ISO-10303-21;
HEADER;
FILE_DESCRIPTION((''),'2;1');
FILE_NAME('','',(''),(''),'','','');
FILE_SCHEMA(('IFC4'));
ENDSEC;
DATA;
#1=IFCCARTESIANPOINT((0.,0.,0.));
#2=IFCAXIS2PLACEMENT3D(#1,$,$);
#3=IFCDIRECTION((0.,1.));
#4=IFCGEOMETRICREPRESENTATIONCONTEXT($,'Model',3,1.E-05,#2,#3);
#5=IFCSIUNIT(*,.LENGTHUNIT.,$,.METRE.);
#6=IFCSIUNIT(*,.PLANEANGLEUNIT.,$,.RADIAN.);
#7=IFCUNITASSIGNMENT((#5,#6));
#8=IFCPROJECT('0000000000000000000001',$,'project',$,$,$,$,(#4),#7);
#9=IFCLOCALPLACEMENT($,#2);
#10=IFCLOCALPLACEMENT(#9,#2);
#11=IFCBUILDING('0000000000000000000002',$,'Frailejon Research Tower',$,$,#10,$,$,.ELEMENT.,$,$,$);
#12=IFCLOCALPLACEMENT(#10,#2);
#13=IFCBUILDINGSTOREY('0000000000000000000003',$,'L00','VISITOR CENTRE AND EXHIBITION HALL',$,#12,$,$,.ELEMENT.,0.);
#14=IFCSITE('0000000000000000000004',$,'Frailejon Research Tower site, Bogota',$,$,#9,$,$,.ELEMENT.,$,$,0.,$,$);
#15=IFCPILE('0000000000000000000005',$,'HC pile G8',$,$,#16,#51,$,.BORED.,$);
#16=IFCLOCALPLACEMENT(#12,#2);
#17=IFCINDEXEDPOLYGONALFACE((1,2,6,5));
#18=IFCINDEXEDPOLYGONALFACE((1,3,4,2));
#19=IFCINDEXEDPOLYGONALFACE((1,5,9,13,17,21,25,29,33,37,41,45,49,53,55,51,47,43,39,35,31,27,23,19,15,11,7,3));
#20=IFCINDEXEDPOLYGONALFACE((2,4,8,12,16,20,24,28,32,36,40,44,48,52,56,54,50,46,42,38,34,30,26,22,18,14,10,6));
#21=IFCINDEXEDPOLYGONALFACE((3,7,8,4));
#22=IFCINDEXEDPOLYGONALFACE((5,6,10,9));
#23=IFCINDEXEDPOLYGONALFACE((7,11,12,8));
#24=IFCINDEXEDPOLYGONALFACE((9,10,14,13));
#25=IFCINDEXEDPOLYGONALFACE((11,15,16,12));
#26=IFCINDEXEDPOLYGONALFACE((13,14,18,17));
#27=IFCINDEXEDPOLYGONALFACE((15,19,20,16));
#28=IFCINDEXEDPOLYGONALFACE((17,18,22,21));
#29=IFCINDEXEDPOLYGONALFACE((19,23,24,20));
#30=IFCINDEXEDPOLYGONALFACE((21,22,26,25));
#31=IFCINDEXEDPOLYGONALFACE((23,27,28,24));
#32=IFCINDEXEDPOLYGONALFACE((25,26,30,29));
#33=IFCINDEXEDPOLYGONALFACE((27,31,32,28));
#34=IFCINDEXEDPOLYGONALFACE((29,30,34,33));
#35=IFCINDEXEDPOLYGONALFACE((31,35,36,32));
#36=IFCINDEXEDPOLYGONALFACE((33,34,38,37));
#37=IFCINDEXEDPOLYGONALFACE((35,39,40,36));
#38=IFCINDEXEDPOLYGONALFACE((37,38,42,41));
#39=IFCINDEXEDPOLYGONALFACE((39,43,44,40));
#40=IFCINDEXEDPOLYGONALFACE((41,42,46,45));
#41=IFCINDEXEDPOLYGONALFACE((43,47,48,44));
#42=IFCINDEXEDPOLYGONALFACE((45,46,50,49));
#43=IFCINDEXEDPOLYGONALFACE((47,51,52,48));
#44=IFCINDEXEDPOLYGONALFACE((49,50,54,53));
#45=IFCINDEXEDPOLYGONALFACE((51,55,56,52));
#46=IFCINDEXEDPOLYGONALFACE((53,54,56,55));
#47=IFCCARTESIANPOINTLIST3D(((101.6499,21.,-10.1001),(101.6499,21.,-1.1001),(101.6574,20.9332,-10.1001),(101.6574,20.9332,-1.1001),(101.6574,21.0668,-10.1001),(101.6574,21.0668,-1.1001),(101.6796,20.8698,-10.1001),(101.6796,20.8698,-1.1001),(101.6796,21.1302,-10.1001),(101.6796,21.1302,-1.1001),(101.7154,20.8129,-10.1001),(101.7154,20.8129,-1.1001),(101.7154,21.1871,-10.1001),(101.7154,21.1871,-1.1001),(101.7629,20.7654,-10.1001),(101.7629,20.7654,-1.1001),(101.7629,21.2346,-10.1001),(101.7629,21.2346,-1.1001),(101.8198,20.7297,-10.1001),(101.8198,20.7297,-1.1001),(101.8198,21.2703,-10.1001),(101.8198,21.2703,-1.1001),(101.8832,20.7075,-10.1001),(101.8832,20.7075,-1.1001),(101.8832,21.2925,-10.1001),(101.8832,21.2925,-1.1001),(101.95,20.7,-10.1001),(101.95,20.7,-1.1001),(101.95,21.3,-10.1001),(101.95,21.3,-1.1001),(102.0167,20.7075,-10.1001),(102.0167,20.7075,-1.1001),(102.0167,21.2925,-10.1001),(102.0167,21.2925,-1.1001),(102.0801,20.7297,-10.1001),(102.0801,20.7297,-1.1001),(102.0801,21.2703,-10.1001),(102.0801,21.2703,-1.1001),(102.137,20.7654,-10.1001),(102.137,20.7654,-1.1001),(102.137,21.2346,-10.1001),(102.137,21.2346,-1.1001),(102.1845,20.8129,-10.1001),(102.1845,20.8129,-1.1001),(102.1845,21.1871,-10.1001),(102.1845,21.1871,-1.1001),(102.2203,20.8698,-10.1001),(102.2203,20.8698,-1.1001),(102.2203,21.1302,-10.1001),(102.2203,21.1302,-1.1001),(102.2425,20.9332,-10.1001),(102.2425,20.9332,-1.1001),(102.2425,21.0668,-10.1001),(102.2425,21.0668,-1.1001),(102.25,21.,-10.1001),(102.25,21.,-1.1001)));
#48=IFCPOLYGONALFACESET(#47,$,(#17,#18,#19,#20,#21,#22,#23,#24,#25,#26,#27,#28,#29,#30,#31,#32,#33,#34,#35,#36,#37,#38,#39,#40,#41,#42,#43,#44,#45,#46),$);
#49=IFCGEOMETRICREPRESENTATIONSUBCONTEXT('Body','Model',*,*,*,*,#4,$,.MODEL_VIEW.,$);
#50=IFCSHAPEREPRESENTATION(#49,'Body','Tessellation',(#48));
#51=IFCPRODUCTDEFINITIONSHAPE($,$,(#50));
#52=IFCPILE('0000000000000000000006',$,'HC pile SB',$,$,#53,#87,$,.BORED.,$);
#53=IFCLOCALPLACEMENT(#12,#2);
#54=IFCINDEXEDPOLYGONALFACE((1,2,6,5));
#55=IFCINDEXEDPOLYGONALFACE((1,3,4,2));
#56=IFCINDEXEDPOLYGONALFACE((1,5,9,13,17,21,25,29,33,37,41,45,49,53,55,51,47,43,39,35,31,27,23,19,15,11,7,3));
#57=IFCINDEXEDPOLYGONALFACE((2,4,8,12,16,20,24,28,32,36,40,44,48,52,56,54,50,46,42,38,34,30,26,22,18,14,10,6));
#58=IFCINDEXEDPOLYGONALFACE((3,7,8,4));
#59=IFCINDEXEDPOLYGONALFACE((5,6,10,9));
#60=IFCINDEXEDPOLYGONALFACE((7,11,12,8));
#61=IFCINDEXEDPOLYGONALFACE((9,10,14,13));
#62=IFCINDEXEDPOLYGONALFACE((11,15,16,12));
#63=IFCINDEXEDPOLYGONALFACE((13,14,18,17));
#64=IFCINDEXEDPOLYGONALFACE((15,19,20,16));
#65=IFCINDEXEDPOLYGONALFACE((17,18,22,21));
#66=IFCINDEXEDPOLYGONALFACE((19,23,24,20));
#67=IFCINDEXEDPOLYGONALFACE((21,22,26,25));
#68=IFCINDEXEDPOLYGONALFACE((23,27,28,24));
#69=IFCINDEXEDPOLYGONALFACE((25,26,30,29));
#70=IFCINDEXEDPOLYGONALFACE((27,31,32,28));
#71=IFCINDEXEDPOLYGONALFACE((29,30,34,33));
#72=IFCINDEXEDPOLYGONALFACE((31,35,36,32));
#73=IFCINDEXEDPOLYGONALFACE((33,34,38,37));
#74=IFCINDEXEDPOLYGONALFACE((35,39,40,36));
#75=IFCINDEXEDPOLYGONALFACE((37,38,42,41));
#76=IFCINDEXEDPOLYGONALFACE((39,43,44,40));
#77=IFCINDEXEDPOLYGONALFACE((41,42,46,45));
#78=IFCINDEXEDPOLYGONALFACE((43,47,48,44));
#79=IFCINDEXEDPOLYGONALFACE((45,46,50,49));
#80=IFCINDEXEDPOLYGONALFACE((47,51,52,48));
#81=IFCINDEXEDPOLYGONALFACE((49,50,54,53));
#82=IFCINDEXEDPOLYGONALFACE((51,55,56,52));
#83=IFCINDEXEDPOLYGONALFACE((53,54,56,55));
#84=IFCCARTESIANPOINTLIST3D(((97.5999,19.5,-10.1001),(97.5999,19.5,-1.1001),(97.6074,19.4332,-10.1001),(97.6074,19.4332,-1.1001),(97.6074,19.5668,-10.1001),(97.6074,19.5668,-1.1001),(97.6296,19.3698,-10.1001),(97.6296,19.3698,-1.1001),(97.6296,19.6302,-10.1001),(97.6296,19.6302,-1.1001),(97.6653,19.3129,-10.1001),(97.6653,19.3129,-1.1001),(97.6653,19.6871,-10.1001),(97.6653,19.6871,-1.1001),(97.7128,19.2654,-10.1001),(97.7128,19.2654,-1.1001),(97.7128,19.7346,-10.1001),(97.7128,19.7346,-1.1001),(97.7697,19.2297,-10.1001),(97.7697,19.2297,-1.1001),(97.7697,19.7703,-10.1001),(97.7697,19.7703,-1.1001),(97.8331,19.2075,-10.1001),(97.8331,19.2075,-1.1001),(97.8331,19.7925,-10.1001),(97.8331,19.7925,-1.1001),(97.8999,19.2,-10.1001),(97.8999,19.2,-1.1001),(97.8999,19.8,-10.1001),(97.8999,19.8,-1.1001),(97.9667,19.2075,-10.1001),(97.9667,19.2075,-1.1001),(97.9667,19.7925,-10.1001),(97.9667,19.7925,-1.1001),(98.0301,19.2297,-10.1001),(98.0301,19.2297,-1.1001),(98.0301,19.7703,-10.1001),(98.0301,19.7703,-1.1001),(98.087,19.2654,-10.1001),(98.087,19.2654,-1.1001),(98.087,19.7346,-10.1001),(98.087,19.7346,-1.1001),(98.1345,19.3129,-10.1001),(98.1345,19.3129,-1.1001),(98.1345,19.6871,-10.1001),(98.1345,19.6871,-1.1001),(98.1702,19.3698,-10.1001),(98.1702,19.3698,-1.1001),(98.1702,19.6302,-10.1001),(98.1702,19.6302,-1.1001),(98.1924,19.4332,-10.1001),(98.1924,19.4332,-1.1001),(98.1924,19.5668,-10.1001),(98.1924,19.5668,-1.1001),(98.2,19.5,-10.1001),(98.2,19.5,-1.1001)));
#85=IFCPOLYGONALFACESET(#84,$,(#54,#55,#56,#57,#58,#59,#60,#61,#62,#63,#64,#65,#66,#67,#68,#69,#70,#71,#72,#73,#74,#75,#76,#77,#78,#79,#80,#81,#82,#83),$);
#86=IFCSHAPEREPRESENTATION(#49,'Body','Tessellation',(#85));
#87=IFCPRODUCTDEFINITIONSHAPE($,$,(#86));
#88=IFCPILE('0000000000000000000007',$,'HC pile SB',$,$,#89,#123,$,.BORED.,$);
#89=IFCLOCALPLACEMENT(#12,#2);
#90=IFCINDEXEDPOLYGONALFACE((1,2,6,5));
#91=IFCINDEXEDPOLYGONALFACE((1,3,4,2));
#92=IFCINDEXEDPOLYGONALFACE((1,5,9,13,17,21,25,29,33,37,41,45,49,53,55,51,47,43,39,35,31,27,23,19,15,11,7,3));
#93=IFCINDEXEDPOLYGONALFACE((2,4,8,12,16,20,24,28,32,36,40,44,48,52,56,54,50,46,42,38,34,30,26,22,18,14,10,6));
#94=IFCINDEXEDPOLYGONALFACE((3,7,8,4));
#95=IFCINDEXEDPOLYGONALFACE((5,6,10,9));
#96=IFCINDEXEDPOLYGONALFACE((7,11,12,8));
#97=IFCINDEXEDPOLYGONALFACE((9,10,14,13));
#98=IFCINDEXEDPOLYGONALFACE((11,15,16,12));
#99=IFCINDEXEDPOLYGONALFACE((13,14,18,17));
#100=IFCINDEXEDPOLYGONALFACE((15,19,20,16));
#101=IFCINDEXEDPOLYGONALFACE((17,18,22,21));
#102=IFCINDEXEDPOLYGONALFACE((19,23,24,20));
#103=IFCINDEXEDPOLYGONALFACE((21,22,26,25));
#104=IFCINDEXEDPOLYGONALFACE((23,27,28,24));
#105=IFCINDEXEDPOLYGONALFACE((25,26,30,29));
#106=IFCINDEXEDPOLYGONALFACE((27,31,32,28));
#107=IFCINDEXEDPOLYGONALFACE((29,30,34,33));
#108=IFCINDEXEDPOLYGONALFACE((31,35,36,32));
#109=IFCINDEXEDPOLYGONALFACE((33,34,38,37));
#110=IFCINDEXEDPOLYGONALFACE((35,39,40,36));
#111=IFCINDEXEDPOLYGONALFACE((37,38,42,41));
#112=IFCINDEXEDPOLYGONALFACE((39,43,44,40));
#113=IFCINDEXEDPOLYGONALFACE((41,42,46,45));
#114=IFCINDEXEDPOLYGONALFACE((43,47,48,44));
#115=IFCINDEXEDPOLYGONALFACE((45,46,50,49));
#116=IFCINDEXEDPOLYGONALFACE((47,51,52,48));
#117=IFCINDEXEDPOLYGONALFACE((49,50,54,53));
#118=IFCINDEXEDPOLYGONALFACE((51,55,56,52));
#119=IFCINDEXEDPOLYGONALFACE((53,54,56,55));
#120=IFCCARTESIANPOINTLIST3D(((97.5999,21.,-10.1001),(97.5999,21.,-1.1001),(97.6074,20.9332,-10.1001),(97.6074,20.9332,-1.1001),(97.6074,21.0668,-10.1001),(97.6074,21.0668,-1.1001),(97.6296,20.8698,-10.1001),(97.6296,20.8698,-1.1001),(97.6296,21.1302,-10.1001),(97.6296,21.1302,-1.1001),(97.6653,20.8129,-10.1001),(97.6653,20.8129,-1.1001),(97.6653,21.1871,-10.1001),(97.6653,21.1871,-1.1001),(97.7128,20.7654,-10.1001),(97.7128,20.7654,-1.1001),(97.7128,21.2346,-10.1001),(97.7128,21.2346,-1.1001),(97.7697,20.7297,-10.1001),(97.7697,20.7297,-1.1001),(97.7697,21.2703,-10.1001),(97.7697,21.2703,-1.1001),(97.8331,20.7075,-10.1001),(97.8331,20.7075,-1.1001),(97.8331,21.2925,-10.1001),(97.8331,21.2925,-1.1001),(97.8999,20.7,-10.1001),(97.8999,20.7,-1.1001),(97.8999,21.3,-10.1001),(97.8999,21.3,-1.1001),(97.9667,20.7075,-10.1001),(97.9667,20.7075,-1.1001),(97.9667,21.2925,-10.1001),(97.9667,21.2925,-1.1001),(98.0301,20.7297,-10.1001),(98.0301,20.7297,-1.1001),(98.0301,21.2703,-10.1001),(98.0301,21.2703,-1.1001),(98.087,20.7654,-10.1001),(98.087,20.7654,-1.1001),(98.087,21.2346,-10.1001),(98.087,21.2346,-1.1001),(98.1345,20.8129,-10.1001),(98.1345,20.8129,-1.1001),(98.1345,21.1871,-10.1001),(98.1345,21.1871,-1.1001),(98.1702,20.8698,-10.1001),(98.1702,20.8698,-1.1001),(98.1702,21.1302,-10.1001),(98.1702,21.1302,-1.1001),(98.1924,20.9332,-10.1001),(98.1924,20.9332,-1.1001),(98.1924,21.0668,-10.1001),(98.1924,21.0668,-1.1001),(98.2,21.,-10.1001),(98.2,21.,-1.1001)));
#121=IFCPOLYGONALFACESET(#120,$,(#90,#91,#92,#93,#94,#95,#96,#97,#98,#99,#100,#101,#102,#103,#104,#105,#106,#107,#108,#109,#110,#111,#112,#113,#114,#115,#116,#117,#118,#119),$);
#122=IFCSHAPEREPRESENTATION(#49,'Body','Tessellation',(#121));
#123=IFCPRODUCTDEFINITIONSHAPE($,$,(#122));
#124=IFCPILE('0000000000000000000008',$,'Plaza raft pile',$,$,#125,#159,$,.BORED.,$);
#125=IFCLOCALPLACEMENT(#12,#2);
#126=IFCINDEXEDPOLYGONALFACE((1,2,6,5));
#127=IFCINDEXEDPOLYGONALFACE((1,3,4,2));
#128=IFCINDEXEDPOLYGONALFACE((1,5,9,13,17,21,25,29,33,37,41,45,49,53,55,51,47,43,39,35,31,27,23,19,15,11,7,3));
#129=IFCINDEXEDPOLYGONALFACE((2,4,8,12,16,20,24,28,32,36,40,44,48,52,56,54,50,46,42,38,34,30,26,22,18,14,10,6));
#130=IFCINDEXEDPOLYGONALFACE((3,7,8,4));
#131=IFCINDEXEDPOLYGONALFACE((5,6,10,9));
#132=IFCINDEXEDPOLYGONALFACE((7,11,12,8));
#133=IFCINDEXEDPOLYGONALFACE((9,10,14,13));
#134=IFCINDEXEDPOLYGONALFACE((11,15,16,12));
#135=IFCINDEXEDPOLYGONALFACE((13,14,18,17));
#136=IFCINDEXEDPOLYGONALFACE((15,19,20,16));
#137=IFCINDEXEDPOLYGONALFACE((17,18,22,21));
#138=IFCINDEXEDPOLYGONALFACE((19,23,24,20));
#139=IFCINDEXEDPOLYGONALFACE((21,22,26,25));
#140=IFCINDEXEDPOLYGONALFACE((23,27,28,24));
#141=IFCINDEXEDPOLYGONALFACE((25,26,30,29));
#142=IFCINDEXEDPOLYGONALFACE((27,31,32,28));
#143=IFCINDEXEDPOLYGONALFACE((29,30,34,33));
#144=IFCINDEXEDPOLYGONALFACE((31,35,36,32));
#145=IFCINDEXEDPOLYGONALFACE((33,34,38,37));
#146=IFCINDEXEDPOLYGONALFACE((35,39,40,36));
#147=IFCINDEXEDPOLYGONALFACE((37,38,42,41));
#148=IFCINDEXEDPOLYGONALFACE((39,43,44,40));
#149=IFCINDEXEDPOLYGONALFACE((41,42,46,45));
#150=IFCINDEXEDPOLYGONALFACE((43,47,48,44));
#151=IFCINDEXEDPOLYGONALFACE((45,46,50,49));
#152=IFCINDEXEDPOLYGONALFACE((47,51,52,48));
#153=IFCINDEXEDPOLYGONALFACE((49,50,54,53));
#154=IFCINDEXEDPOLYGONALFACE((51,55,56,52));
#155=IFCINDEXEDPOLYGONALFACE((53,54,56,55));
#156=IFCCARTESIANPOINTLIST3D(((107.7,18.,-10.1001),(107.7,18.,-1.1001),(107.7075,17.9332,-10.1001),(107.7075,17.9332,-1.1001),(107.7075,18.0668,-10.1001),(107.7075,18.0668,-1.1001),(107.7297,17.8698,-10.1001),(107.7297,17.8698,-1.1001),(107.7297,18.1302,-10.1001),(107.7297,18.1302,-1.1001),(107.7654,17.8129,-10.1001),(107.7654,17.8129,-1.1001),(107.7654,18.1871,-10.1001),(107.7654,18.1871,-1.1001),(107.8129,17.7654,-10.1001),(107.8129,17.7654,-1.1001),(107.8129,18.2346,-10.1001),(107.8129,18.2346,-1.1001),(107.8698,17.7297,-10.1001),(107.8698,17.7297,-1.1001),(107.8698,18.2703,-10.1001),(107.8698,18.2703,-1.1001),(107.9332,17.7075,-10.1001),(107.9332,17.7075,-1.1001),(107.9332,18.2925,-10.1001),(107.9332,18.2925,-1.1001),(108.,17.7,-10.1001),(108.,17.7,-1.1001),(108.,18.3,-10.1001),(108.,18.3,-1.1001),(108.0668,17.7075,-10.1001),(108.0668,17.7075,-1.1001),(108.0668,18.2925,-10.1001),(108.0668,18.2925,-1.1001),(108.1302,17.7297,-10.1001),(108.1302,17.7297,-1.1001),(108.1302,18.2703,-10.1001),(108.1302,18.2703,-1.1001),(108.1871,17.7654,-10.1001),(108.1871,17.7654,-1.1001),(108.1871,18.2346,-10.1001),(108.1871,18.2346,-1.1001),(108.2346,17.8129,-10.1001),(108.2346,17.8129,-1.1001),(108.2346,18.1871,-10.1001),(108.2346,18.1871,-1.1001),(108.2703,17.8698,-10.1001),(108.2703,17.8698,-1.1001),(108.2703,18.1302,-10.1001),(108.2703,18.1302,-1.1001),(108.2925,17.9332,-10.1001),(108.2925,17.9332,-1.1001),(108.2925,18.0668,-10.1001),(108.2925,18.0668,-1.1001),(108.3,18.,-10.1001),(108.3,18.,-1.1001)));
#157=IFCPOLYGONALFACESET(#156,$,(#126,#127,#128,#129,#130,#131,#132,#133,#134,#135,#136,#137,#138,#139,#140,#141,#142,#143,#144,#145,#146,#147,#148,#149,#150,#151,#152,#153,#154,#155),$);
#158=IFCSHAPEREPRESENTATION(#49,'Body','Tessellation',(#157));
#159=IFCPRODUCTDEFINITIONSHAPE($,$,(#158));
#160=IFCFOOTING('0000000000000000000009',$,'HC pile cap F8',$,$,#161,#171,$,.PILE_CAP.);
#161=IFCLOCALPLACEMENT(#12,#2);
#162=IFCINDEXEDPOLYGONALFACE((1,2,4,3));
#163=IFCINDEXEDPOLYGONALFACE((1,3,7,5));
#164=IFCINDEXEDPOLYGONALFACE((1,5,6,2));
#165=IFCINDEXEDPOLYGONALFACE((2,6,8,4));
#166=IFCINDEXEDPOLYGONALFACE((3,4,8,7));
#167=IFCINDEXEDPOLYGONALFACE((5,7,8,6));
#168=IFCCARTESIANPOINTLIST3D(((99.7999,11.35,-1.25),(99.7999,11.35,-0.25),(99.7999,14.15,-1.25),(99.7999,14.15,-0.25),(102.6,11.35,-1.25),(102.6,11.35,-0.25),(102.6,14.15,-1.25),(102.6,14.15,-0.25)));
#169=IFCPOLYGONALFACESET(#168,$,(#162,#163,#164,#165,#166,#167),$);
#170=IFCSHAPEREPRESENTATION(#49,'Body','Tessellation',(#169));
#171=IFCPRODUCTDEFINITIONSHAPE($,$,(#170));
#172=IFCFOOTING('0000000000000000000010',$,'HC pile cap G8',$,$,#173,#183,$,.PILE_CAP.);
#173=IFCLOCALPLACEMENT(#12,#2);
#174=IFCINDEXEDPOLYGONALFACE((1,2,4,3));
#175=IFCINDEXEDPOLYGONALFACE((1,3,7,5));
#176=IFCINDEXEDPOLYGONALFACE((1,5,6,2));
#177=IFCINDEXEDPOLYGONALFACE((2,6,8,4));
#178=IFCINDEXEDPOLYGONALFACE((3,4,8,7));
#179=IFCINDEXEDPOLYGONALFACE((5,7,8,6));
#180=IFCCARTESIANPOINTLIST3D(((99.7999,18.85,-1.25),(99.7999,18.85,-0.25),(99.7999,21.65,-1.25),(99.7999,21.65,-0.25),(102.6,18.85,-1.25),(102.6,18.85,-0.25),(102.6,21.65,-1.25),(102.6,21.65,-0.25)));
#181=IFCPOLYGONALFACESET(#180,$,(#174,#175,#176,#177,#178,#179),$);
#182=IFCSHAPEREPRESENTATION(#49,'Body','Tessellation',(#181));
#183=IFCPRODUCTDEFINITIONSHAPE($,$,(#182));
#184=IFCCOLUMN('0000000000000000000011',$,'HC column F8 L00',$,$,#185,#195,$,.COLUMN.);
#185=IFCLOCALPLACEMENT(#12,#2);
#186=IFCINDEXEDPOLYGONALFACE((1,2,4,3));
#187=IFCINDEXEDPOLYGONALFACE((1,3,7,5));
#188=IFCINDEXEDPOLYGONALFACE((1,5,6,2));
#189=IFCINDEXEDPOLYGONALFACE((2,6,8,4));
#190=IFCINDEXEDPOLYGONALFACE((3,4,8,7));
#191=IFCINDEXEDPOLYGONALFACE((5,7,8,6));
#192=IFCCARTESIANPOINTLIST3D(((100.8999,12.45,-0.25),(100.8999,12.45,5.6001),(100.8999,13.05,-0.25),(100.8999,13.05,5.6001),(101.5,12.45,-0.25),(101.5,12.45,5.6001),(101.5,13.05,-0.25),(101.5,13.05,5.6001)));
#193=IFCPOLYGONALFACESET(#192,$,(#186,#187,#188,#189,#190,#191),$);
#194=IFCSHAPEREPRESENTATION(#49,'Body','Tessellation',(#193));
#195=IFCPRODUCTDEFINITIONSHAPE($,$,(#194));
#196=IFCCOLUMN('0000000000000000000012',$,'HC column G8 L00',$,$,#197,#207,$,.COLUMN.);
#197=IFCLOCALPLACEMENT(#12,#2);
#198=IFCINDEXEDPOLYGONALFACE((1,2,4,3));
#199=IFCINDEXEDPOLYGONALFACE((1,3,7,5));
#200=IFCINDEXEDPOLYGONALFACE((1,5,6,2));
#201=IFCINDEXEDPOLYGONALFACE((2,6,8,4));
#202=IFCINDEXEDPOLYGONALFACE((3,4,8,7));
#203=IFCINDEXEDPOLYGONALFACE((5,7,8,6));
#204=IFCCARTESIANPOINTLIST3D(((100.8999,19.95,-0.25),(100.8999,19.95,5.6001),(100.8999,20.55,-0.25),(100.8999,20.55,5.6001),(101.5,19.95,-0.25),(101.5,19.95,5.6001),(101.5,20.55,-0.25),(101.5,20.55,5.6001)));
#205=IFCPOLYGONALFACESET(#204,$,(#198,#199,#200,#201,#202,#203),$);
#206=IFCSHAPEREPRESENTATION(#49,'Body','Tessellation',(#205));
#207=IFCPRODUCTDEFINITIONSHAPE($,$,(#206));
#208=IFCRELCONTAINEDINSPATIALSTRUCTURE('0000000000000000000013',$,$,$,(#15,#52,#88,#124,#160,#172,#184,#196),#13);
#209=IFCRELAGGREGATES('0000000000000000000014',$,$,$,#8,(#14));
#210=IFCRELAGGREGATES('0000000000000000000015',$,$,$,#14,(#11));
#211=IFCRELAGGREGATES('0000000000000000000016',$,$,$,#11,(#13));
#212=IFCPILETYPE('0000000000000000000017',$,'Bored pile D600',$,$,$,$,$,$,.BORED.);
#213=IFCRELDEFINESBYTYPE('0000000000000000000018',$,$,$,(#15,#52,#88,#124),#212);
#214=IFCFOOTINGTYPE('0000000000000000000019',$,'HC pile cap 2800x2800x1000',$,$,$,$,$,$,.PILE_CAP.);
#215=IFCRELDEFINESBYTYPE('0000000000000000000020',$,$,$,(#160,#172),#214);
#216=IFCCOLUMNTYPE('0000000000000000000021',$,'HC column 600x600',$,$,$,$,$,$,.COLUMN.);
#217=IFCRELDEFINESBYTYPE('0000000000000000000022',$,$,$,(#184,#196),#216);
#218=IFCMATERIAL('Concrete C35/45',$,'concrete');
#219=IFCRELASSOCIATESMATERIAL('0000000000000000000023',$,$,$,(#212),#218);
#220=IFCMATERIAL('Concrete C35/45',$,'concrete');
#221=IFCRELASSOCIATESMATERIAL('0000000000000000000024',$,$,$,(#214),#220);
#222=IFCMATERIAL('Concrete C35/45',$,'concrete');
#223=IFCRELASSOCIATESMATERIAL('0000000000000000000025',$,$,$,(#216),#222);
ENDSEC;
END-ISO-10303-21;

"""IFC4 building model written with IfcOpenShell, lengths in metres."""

from ifc_helpers import new_model, si_unit, direction, frame, origin, origin_2d, place, context, subcontext, project, spatial, rectangle, circle, extrude, material, material_profile, profile_set, type_object, element, save


model = new_model("IFC4")

# Units and contexts
model_context = context("Model", 3, precision=1e-05, world=origin(), true_north=direction((0.0, 1.0)))
body_context = subcontext(model_context, "Body", "Model", "MODEL_VIEW")
ifc_project = project(units=[si_unit("LENGTHUNIT", "METRE"), si_unit("PLANEANGLEUNIT", "RADIAN")], contexts=[model_context])

# Site, building, storey
site_placement = place(None, origin())
site = spatial("IfcSite", under=ifc_project, at=site_placement, Name="Frailejon Research Tower site, Bogota", CompositionType="ELEMENT", RefElevation=0.0)
building_placement = place(site_placement, origin())
building = spatial("IfcBuilding", under=site, at=building_placement, Name="Frailejon Research Tower", CompositionType="ELEMENT")
storey_placement = place(building_placement, origin())
storey = spatial("IfcBuildingStorey", under=building, at=storey_placement, Name="L00", Description="VISITOR CENTRE AND EXHIBITION HALL", CompositionType="ELEMENT", Elevation=0.0)

# Piles
ifc_material_1 = material(Name="Concrete C35/45", Category="concrete")
ifc_material_profile_1 = material_profile(ifc_material_1, circle(Radius=0.3, at=origin_2d()), Name="Bored pile D600")
ifc_profile_set_1 = profile_set([ifc_material_profile_1], Name="Concrete C35/45")
pile_type = type_object("IfcPileType", Name="Bored pile D600", PredefinedType="BORED", material=ifc_profile_set_1)
for number, where, z_axis, x_axis, name in (
    (1, (101.95, 21.0, -1.1001), (0.0, 0.0, -1.0), (1.0, 0.0, 0.0), "HC pile G8"),
    (2, (97.8999, 19.5, -1.1001), (0.0, 0.0, -1.0), (1.0, 0.0, 0.0), "HC pile SB"),
    (3, (97.8999, 21.0, -1.1001), (0.0, 0.0, -1.0), (1.0, 0.0, 0.0), "HC pile SB"),
    (4, (108.0, 18.0, -1.1001), (0.0, 0.0, -1.0), (1.0, 0.0, 0.0), "Plaza raft pile"),
):
    element("IfcPile", number, at=place(storey_placement, frame(where, z_axis=z_axis, x_axis=x_axis)), inside=storey, type_object=pile_type, Name=name, PredefinedType="BORED", context=body_context, shape_type="SweptSolid", body=[
        extrude(circle(Radius=0.3, at=origin_2d()), origin(), (0.0, 0.0, 1.0), 9.0),
    ])

# Footings
ifc_material_2 = material(Name="Concrete C35/45", Category="concrete")
footing_type = type_object("IfcFootingType", Name="HC pile cap 2800x2800x1000", PredefinedType="PILE_CAP", material=ifc_material_2)
for number, where, z_axis, x_axis, name in (
    (5, (101.2, 12.75, -1.25), (0.0, 0.0, 1.0), (1.0, 0.0, 0.0), "HC pile cap F8"),
    (6, (101.2, 20.25, -1.25), (0.0, 0.0, 1.0), (1.0, 0.0, 0.0), "HC pile cap G8"),
):
    element("IfcFooting", number, at=place(storey_placement, frame(where, z_axis=z_axis, x_axis=x_axis)), inside=storey, type_object=footing_type, Name=name, PredefinedType="PILE_CAP", context=body_context, shape_type="SweptSolid", body=[
        extrude(rectangle(XDim=2.8, YDim=2.8, at=origin_2d()), origin(), (0.0, 0.0, 1.0), 1.0),
    ])

# Columns
ifc_material_3 = material(Name="Concrete C35/45", Category="concrete")
ifc_material_profile_2 = material_profile(ifc_material_3, rectangle(XDim=0.6001, YDim=0.6001, at=origin_2d()), Name="HC column 600x600")
ifc_profile_set_2 = profile_set([ifc_material_profile_2], Name="Concrete C35/45")
column_type = type_object("IfcColumnType", Name="HC column 600x600", PredefinedType="COLUMN", material=ifc_profile_set_2)
for number, where, z_axis, x_axis, name in (
    (7, (101.2, 12.75, -0.25), (0.0, 0.0, 1.0), (1.0, 0.0, 0.0), "HC column F8 L00"),
    (8, (101.2, 20.25, -0.25), (0.0, 0.0, 1.0), (1.0, 0.0, 0.0), "HC column G8 L00"),
):
    element("IfcColumn", number, at=place(storey_placement, frame(where, z_axis=z_axis, x_axis=x_axis)), inside=storey, type_object=column_type, Name=name, PredefinedType="COLUMN", context=body_context, shape_type="SweptSolid", body=[
        extrude(rectangle(XDim=0.6001, YDim=0.6001, at=origin_2d()), origin(), (0.0, 0.0, 1.0), 5.8501),
    ])

save(model, "model.ifc")
